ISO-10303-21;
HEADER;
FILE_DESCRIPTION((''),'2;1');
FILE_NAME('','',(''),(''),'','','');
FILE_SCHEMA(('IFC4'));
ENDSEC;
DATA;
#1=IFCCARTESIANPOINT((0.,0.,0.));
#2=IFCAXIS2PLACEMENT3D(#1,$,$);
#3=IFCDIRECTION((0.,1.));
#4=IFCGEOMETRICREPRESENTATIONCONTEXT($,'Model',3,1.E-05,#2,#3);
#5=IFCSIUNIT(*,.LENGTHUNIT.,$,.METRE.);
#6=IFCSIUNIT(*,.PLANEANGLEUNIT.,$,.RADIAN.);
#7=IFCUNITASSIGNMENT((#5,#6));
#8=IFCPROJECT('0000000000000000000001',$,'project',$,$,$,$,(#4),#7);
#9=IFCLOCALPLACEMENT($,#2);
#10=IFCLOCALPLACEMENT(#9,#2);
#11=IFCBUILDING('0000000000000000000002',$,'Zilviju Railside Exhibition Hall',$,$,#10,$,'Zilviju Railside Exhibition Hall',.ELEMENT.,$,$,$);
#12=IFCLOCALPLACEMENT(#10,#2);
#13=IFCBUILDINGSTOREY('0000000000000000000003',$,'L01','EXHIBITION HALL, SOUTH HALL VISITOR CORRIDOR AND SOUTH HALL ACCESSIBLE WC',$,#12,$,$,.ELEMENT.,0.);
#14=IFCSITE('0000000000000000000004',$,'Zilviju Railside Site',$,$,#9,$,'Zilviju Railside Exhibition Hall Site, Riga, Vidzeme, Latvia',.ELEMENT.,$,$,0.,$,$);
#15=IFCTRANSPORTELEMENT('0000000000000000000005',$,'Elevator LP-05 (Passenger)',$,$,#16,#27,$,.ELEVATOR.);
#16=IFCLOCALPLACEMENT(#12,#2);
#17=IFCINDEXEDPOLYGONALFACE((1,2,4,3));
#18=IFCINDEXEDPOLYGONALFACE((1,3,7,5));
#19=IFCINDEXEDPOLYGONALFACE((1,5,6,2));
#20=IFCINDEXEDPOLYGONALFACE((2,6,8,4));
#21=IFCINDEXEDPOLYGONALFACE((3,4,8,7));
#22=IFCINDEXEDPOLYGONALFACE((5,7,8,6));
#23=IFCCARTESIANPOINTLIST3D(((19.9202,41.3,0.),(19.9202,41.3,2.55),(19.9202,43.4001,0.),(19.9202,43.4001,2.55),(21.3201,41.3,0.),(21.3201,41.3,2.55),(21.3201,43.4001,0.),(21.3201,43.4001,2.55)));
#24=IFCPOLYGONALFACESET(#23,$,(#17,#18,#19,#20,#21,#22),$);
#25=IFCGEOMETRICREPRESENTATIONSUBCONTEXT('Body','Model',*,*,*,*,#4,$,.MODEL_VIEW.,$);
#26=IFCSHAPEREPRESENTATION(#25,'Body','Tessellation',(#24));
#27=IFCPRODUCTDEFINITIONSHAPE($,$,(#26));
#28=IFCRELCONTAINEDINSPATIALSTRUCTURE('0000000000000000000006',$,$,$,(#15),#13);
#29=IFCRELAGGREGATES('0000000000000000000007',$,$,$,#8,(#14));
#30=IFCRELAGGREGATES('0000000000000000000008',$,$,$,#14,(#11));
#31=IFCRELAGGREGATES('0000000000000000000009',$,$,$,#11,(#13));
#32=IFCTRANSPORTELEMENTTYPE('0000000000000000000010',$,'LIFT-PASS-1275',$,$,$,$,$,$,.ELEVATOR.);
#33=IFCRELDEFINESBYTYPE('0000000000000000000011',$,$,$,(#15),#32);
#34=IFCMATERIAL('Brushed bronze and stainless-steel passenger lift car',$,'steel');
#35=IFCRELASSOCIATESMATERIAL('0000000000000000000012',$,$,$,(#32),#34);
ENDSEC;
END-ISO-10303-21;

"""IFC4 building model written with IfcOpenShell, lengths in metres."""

from ifc_helpers import new_model, si_unit, direction, frame, origin, origin_2d, place, context, subcontext, project, spatial, rectangle, extrude, material, type_object, element, save


model = new_model("IFC4")

# Units and contexts
model_context = context("Model", 3, precision=1e-05, world=origin(), true_north=direction((0.0, 1.0)))
body_context = subcontext(model_context, "Body", "Model", "MODEL_VIEW")
ifc_project = project(units=[si_unit("LENGTHUNIT", "METRE"), si_unit("PLANEANGLEUNIT", "RADIAN")], contexts=[model_context])

# Site, building, storey
site_placement = place(None, origin())
site = spatial("IfcSite", under=ifc_project, at=site_placement, Name="Zilviju Railside Site", LongName="Zilviju Railside Exhibition Hall Site, Riga, Vidzeme, Latvia", CompositionType="ELEMENT", RefElevation=0.0)
building_placement = place(site_placement, origin())
building = spatial("IfcBuilding", under=site, at=building_placement, Name="Zilviju Railside Exhibition Hall", LongName="Zilviju Railside Exhibition Hall", CompositionType="ELEMENT")
storey_placement = place(building_placement, origin())
storey = spatial("IfcBuildingStorey", under=building, at=storey_placement, Name="L01", Description="EXHIBITION HALL, SOUTH HALL VISITOR CORRIDOR AND SOUTH HALL ACCESSIBLE WC", CompositionType="ELEMENT", Elevation=0.0)

# Transport element
ifc_material_1 = material(Name="Brushed bronze and stainless-steel passenger lift car", Category="steel")
transport_element_type = type_object("IfcTransportElementType", Name="LIFT-PASS-1275", PredefinedType="ELEVATOR", material=ifc_material_1)
transport_element_placement = place(storey_placement, frame((20.6201, 42.3501, 0.0), z_axis=(0.0, 0.0, 1.0), x_axis=(1.0, 0.0, 0.0)))
element("IfcTransportElement", 1, at=transport_element_placement, inside=storey, type_object=transport_element_type, Name="Elevator LP-05 (Passenger)", PredefinedType="ELEVATOR", context=body_context, shape_type="SweptSolid", body=[
    extrude(rectangle(XDim=1.3999, YDim=2.1001, at=origin_2d()), origin(), (0.0, 0.0, 1.0), 2.55),
])

save(model, "model.ifc")
